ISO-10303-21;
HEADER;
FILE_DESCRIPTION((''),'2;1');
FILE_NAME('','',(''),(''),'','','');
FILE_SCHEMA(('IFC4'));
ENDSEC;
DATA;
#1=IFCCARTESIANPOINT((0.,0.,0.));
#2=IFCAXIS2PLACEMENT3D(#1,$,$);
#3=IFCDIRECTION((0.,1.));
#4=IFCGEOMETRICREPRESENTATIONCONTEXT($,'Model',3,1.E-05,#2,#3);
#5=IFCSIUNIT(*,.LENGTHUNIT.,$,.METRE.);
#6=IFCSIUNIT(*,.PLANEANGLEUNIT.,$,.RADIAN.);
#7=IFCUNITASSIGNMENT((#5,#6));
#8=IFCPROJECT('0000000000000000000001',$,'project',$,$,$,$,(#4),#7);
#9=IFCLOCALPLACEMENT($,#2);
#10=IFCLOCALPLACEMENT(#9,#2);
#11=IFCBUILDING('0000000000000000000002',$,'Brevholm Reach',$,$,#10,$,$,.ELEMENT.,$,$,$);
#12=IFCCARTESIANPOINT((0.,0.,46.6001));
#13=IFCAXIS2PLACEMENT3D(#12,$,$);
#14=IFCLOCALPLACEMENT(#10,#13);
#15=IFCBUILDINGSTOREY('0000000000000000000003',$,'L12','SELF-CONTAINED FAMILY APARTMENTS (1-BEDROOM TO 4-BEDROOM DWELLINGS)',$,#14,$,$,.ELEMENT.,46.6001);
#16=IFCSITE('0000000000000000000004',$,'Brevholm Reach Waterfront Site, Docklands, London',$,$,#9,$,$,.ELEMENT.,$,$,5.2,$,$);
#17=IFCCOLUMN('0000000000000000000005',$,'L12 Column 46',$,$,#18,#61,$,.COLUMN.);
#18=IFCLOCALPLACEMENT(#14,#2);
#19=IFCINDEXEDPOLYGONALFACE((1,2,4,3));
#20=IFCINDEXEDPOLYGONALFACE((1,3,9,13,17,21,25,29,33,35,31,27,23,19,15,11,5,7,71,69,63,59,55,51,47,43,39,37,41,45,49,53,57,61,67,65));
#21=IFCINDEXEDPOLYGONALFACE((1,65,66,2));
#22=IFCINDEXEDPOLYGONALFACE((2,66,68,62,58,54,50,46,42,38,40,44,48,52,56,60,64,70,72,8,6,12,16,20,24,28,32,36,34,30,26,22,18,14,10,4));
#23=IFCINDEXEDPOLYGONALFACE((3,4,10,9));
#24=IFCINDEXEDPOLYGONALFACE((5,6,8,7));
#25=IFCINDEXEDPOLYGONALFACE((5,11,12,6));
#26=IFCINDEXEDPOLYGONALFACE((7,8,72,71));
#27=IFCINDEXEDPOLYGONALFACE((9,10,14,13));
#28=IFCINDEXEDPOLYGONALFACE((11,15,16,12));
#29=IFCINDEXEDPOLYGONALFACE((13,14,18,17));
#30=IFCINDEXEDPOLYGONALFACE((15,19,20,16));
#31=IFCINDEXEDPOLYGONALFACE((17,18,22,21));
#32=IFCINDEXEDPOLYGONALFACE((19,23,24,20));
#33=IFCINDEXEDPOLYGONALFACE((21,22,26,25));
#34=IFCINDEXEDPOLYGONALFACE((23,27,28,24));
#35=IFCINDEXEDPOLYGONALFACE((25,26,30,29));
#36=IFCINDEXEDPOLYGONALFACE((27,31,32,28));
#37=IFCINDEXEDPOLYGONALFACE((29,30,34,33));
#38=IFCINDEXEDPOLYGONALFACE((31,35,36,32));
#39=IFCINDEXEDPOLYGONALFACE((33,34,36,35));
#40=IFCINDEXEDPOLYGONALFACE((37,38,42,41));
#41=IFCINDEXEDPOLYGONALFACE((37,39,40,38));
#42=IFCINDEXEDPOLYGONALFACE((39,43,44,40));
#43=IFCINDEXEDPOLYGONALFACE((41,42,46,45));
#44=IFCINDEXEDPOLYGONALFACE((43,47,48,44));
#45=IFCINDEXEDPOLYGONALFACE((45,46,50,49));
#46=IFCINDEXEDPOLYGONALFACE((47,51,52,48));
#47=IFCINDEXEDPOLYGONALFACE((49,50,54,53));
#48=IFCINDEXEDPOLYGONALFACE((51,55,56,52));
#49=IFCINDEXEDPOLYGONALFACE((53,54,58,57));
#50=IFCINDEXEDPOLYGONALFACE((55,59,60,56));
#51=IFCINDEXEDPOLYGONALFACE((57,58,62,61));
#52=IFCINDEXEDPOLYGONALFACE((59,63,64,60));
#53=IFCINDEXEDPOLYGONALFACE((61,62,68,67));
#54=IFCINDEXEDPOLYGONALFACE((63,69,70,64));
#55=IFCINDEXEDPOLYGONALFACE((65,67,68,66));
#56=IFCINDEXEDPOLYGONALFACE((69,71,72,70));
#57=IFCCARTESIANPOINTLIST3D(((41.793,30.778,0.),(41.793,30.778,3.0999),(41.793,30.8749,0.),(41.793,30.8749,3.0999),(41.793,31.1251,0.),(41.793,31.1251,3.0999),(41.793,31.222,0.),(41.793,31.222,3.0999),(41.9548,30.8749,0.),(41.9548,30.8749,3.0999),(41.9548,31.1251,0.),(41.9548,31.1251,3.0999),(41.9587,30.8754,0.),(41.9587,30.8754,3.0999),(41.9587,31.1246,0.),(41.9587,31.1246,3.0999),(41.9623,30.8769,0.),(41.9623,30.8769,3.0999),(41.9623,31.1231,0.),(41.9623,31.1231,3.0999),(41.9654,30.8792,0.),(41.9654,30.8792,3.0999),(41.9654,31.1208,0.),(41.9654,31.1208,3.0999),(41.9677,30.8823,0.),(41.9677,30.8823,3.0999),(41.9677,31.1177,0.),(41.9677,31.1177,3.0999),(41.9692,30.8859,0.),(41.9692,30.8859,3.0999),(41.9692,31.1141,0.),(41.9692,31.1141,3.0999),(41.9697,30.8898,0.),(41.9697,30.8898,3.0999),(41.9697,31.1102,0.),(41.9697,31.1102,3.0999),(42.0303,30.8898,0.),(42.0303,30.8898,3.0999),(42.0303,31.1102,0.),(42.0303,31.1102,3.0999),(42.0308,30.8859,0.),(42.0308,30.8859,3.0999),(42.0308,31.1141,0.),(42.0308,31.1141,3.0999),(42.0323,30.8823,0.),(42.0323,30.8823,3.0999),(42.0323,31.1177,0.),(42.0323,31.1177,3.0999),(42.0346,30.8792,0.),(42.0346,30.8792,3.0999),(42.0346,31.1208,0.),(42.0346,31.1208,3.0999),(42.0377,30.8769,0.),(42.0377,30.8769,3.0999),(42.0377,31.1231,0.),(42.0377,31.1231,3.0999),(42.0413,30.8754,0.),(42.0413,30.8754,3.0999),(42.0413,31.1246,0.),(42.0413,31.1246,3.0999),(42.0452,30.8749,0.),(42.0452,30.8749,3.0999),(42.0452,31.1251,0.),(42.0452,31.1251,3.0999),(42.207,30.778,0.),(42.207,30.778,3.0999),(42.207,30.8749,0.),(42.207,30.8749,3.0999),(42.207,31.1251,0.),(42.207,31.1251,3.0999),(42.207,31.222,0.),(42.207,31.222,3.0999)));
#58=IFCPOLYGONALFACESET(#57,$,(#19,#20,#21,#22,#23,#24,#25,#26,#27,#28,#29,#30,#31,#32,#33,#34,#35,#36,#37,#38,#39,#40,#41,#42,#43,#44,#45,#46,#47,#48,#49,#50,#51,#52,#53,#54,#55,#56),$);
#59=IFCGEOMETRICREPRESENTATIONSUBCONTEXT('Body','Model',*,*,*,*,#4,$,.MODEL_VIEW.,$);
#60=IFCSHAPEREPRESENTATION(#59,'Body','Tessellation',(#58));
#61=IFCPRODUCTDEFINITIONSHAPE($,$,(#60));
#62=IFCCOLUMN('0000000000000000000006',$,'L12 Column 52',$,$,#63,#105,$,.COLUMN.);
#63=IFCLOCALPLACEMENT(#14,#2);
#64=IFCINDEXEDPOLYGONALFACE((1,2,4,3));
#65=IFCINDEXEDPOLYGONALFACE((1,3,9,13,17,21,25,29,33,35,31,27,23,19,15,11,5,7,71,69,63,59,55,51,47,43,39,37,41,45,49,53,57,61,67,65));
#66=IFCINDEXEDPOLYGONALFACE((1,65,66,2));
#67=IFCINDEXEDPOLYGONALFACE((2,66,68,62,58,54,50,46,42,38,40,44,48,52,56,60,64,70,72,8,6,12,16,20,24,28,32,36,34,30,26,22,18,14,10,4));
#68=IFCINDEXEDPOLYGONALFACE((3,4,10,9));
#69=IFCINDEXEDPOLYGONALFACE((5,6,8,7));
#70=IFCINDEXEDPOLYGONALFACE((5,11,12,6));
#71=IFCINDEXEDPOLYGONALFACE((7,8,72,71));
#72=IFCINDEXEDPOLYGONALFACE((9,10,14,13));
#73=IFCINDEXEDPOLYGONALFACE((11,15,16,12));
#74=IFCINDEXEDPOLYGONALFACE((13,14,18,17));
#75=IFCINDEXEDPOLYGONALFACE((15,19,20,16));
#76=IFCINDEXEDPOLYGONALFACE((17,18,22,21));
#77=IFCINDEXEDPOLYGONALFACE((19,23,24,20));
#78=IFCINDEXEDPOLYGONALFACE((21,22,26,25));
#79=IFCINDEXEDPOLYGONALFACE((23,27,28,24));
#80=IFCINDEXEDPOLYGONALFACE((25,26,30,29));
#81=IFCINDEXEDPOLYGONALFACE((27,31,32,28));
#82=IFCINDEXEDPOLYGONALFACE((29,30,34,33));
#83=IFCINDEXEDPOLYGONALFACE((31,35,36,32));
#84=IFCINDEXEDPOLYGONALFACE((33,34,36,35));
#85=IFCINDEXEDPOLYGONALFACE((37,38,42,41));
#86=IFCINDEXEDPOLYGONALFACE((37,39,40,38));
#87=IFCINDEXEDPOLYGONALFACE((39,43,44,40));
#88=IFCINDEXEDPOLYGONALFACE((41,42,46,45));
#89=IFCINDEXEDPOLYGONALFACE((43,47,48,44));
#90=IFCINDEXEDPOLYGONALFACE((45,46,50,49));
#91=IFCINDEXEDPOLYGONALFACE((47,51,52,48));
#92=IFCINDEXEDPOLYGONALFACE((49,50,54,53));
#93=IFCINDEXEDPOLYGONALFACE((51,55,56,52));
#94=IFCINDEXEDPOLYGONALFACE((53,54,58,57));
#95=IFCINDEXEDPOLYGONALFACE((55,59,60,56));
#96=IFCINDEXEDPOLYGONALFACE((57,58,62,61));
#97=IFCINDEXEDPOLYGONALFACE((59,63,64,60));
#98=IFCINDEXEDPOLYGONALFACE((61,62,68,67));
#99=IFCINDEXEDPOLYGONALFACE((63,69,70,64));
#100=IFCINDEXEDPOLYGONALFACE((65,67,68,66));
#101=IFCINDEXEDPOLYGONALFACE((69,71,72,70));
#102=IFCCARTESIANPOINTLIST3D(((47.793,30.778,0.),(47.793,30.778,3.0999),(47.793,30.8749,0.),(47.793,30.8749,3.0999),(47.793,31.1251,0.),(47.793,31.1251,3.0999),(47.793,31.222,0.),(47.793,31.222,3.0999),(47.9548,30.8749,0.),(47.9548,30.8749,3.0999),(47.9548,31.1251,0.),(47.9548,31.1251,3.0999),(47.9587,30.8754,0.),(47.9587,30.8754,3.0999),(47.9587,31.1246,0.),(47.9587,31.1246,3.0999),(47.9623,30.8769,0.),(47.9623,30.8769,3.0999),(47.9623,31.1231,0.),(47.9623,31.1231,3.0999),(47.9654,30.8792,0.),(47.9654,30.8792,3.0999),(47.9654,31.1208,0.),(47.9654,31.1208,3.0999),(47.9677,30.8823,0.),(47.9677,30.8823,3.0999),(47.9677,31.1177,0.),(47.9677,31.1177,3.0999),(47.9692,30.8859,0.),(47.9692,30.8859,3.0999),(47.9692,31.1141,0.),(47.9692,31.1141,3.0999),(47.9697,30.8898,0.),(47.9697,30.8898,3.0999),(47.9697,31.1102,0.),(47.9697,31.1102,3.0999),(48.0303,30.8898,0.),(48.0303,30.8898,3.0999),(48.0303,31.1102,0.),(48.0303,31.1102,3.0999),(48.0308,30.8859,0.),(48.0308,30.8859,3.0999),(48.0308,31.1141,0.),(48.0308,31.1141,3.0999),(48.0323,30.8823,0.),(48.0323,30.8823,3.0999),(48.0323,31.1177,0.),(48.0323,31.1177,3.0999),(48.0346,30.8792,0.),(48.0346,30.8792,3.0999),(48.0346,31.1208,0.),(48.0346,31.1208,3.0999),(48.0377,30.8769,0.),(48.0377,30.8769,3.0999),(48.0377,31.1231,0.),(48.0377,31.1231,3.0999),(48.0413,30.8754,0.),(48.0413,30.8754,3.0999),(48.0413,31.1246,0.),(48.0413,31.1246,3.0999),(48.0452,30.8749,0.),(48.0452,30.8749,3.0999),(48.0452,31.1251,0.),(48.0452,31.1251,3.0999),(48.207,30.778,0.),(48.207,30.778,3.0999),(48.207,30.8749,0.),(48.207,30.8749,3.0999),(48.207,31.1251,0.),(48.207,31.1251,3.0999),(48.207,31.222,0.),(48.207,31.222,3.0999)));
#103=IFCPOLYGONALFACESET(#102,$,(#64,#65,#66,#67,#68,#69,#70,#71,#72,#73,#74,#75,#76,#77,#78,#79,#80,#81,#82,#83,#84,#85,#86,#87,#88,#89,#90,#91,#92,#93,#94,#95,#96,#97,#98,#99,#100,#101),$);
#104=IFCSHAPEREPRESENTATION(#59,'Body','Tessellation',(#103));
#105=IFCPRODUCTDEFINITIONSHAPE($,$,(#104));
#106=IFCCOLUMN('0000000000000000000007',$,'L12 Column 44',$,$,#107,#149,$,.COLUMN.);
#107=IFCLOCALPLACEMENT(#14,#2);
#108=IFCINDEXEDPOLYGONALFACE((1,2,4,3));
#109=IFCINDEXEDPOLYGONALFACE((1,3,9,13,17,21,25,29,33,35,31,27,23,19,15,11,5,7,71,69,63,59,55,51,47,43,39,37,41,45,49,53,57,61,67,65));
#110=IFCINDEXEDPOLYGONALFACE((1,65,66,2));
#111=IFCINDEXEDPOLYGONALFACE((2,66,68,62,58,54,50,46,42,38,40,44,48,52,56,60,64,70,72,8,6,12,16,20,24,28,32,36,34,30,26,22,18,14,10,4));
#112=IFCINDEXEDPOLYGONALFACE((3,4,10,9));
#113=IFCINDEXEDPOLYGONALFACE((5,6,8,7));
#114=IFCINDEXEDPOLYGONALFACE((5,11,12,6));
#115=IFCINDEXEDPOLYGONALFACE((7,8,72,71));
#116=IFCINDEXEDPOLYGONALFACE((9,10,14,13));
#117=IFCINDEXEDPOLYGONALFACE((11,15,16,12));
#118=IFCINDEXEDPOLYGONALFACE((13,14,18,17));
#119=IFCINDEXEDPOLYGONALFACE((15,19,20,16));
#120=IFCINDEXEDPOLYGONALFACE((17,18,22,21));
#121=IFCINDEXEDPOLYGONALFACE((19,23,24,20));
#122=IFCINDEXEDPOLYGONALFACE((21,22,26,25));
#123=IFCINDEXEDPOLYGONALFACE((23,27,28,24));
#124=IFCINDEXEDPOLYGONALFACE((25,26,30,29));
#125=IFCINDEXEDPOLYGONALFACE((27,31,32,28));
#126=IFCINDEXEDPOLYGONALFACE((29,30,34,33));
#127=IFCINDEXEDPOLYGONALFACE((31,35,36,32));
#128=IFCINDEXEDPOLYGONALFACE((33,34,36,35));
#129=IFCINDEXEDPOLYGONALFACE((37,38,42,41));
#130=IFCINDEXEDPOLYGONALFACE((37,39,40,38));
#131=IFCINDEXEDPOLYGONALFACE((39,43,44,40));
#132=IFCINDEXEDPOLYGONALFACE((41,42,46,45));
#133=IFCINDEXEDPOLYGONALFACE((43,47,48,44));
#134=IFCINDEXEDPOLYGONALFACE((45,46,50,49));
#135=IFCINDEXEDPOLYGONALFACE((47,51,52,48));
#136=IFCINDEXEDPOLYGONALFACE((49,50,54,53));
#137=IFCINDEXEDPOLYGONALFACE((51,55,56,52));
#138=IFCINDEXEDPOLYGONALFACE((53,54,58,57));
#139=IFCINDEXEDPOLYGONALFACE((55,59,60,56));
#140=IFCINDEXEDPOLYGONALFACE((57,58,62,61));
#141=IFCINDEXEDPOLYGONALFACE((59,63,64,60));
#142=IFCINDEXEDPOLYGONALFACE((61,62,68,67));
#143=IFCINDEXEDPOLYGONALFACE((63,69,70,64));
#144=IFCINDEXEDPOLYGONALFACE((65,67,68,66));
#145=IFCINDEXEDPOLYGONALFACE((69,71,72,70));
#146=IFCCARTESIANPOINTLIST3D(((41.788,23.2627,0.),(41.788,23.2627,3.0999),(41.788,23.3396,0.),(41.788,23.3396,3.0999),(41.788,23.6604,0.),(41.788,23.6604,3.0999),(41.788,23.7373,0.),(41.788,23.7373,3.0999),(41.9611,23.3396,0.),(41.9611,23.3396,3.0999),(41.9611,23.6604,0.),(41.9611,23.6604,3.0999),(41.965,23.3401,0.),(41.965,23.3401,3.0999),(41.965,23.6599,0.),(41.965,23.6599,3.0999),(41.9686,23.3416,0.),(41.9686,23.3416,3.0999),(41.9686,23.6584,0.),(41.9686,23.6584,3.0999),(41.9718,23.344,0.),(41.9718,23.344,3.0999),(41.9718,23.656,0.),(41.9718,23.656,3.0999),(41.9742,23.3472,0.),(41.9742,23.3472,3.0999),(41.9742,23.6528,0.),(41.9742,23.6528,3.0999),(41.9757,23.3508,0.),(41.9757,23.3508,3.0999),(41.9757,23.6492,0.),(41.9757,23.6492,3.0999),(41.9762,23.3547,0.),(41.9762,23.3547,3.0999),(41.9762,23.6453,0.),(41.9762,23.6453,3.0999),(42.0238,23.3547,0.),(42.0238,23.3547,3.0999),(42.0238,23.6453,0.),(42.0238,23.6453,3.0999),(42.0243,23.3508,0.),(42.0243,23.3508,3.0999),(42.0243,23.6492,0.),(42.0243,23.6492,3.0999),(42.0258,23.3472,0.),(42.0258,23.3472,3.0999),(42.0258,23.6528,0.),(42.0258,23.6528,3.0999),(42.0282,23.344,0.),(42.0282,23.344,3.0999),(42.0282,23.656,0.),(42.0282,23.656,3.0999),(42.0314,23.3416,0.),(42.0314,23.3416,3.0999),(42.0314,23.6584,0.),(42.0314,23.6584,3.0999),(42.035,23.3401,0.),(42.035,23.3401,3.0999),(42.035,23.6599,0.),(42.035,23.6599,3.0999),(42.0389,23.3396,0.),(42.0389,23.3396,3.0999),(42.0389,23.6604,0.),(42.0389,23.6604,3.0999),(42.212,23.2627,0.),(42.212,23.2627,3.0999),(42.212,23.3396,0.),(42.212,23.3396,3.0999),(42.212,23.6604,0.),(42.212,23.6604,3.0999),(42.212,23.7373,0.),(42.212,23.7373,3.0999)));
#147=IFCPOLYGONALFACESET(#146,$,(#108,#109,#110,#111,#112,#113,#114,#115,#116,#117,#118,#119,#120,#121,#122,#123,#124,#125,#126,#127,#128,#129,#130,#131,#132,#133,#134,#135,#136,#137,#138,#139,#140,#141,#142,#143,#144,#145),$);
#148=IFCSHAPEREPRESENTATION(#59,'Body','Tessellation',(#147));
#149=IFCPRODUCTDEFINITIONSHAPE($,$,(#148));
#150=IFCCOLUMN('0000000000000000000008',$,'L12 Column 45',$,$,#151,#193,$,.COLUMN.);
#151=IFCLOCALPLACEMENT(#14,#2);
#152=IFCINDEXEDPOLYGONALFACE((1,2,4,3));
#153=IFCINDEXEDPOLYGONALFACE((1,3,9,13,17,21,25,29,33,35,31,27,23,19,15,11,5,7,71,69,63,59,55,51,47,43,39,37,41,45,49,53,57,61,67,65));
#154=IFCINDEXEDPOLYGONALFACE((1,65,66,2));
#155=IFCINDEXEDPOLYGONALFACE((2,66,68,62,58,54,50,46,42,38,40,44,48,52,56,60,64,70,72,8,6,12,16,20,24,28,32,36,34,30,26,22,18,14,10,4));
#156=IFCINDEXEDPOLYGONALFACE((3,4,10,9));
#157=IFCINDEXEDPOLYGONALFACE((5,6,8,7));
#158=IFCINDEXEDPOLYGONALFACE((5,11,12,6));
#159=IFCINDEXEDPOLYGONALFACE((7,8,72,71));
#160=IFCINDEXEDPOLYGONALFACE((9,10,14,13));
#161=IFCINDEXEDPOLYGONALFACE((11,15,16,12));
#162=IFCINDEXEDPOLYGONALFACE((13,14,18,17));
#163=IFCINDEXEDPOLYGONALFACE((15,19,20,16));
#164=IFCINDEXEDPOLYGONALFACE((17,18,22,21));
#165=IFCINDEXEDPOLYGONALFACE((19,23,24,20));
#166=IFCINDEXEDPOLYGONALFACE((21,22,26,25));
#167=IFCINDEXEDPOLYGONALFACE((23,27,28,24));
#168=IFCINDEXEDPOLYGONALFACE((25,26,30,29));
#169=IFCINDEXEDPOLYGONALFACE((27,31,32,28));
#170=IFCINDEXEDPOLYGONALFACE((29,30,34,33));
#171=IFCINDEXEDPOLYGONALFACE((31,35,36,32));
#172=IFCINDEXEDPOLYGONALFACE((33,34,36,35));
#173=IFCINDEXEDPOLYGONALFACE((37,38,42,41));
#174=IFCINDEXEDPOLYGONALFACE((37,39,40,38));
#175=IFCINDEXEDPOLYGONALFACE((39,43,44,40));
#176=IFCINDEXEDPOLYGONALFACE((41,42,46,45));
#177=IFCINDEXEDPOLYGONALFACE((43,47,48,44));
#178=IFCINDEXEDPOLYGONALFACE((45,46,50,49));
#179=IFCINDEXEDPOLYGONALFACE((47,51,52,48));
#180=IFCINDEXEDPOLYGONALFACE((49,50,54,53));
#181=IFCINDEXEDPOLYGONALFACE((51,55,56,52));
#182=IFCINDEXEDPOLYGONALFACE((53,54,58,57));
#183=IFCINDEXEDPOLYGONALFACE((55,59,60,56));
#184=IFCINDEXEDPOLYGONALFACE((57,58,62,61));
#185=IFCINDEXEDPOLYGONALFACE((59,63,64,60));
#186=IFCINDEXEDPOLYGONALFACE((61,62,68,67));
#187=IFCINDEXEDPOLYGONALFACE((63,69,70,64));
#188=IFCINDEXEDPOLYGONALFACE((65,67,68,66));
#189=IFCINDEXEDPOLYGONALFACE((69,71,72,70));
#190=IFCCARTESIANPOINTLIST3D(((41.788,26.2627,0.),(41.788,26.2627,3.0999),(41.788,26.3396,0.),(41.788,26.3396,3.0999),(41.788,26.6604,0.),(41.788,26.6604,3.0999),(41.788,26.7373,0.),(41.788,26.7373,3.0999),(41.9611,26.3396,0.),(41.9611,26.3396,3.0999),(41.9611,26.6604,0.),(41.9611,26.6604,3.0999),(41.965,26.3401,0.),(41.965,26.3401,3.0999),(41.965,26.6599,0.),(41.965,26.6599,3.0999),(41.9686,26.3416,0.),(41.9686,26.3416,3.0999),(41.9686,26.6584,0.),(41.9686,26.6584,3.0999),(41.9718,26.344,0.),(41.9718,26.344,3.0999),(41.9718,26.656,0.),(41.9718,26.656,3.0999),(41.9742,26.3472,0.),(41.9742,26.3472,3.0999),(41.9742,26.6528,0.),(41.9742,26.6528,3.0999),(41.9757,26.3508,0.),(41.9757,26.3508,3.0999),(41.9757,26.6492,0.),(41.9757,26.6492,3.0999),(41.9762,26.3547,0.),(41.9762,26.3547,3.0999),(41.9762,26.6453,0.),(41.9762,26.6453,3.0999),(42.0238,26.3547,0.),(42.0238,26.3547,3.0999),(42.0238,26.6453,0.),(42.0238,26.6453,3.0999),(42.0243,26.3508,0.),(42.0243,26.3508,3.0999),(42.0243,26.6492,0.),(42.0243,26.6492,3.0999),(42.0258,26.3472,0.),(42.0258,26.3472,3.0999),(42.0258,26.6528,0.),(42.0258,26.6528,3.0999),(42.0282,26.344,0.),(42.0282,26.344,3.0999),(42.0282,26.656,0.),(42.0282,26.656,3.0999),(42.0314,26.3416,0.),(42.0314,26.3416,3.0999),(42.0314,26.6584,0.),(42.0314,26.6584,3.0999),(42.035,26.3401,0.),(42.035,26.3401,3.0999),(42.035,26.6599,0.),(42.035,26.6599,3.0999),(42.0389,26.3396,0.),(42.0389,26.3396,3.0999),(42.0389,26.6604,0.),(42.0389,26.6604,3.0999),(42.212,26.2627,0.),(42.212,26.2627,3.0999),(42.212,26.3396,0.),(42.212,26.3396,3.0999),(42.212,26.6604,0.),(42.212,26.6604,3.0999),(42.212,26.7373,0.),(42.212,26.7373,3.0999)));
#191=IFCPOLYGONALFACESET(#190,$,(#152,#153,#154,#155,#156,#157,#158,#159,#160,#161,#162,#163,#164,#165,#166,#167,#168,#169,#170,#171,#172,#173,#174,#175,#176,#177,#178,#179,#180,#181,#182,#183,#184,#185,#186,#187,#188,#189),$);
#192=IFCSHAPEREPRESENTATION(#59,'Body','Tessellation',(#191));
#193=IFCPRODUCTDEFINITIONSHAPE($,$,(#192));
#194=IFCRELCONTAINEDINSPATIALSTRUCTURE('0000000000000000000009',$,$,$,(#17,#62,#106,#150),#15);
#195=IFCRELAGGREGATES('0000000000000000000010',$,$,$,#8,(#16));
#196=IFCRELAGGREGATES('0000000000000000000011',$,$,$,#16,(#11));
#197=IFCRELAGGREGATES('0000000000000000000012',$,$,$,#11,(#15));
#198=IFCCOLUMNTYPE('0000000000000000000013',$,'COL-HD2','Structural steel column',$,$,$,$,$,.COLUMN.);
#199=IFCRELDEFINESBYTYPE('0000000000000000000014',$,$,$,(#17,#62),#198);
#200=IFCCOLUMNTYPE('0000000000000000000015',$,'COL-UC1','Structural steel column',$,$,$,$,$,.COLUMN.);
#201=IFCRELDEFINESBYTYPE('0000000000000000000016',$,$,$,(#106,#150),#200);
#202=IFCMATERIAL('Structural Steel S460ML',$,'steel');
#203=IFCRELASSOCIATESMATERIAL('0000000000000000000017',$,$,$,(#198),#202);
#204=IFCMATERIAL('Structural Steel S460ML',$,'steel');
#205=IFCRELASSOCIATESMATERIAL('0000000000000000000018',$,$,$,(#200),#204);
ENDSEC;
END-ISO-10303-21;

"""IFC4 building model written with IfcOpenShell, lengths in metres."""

from ifc_helpers import new_model, si_unit, direction, frame, origin, origin_2d, place, context, subcontext, project, spatial, i_section, extrude, material, material_profile, profile_set, type_object, element, save


model = new_model("IFC4")

# Units and contexts
model_context = context("Model", 3, precision=1e-05, world=origin(), true_north=direction((0.0, 1.0)))
body_context = subcontext(model_context, "Body", "Model", "MODEL_VIEW")
ifc_project = project(units=[si_unit("LENGTHUNIT", "METRE"), si_unit("PLANEANGLEUNIT", "RADIAN")], contexts=[model_context])

# Site, building, storey
site_placement = place(None, origin())
site = spatial("IfcSite", under=ifc_project, at=site_placement, Name="Brevholm Reach Waterfront Site, Docklands, London", CompositionType="ELEMENT", RefElevation=5.2)
building_placement = place(site_placement, origin())
building = spatial("IfcBuilding", under=site, at=building_placement, Name="Brevholm Reach", CompositionType="ELEMENT")
storey_placement = place(building_placement, frame((0.0, 0.0, 46.6001)))
storey = spatial("IfcBuildingStorey", under=building, at=storey_placement, Name="L12", Description="SELF-CONTAINED FAMILY APARTMENTS (1-BEDROOM TO 4-BEDROOM DWELLINGS)", CompositionType="ELEMENT", Elevation=46.6001)

# Columns
ifc_material_1 = material(Name="Structural Steel S460ML", Category="steel")
ifc_material_profile_1 = material_profile(ifc_material_1, i_section(OverallWidth=0.4141, OverallDepth=0.4441, WebThickness=0.0605, FlangeThickness=0.0969, FilletRadius=0.0149, at=origin_2d()), Name="HD 400x818")
ifc_profile_set_1 = profile_set([ifc_material_profile_1], Name="Structural Steel S460ML")
column_type_1 = type_object("IfcColumnType", Name="COL-HD2", Description="Structural steel column", PredefinedType="COLUMN", material=ifc_profile_set_1)
for number, where, z_axis, x_axis, name in (
    (1, (42.0, 31.0, 0.0), (0.0, 0.0, 1.0), (1.0, 0.0, 0.0), "L12 Column 46"),
    (2, (48.0, 31.0, 0.0), (0.0, 0.0, 1.0), (1.0, 0.0, 0.0), "L12 Column 52"),
):
    element("IfcColumn", number, at=place(storey_placement, frame(where, z_axis=z_axis, x_axis=x_axis)), inside=storey, type_object=column_type_1, Name=name, PredefinedType="COLUMN", context=body_context, shape_type="SweptSolid", body=[
        extrude(i_section(OverallWidth=0.4141, OverallDepth=0.4441, WebThickness=0.0605, FlangeThickness=0.0969, FilletRadius=0.0149, at=origin_2d()), origin(), (0.0, 0.0, 1.0), 3.0999),
    ])
ifc_material_2 = material(Name="Structural Steel S460ML", Category="steel")
ifc_material_profile_2 = material_profile(ifc_material_2, i_section(OverallWidth=0.4241, OverallDepth=0.4746, WebThickness=0.0476, FlangeThickness=0.0769, FilletRadius=0.0151, at=origin_2d()), Name="UKC 356x406x634")
ifc_profile_set_2 = profile_set([ifc_material_profile_2], Name="Structural Steel S460ML")
column_type_2 = type_object("IfcColumnType", Name="COL-UC1", Description="Structural steel column", PredefinedType="COLUMN", material=ifc_profile_set_2)
for number, where, z_axis, x_axis, name in (
    (3, (42.0, 23.5, 0.0), (0.0, 0.0, 1.0), (1.0, 0.0, 0.0), "L12 Column 44"),
    (4, (42.0, 26.5, 0.0), (0.0, 0.0, 1.0), (1.0, 0.0, 0.0), "L12 Column 45"),
):
    element("IfcColumn", number, at=place(storey_placement, frame(where, z_axis=z_axis, x_axis=x_axis)), inside=storey, type_object=column_type_2, Name=name, PredefinedType="COLUMN", context=body_context, shape_type="SweptSolid", body=[
        extrude(i_section(OverallWidth=0.4241, OverallDepth=0.4746, WebThickness=0.0476, FlangeThickness=0.0769, FilletRadius=0.0151, at=origin_2d()), origin(), (0.0, 0.0, 1.0), 3.0999),
    ])

save(model, "model.ifc")
